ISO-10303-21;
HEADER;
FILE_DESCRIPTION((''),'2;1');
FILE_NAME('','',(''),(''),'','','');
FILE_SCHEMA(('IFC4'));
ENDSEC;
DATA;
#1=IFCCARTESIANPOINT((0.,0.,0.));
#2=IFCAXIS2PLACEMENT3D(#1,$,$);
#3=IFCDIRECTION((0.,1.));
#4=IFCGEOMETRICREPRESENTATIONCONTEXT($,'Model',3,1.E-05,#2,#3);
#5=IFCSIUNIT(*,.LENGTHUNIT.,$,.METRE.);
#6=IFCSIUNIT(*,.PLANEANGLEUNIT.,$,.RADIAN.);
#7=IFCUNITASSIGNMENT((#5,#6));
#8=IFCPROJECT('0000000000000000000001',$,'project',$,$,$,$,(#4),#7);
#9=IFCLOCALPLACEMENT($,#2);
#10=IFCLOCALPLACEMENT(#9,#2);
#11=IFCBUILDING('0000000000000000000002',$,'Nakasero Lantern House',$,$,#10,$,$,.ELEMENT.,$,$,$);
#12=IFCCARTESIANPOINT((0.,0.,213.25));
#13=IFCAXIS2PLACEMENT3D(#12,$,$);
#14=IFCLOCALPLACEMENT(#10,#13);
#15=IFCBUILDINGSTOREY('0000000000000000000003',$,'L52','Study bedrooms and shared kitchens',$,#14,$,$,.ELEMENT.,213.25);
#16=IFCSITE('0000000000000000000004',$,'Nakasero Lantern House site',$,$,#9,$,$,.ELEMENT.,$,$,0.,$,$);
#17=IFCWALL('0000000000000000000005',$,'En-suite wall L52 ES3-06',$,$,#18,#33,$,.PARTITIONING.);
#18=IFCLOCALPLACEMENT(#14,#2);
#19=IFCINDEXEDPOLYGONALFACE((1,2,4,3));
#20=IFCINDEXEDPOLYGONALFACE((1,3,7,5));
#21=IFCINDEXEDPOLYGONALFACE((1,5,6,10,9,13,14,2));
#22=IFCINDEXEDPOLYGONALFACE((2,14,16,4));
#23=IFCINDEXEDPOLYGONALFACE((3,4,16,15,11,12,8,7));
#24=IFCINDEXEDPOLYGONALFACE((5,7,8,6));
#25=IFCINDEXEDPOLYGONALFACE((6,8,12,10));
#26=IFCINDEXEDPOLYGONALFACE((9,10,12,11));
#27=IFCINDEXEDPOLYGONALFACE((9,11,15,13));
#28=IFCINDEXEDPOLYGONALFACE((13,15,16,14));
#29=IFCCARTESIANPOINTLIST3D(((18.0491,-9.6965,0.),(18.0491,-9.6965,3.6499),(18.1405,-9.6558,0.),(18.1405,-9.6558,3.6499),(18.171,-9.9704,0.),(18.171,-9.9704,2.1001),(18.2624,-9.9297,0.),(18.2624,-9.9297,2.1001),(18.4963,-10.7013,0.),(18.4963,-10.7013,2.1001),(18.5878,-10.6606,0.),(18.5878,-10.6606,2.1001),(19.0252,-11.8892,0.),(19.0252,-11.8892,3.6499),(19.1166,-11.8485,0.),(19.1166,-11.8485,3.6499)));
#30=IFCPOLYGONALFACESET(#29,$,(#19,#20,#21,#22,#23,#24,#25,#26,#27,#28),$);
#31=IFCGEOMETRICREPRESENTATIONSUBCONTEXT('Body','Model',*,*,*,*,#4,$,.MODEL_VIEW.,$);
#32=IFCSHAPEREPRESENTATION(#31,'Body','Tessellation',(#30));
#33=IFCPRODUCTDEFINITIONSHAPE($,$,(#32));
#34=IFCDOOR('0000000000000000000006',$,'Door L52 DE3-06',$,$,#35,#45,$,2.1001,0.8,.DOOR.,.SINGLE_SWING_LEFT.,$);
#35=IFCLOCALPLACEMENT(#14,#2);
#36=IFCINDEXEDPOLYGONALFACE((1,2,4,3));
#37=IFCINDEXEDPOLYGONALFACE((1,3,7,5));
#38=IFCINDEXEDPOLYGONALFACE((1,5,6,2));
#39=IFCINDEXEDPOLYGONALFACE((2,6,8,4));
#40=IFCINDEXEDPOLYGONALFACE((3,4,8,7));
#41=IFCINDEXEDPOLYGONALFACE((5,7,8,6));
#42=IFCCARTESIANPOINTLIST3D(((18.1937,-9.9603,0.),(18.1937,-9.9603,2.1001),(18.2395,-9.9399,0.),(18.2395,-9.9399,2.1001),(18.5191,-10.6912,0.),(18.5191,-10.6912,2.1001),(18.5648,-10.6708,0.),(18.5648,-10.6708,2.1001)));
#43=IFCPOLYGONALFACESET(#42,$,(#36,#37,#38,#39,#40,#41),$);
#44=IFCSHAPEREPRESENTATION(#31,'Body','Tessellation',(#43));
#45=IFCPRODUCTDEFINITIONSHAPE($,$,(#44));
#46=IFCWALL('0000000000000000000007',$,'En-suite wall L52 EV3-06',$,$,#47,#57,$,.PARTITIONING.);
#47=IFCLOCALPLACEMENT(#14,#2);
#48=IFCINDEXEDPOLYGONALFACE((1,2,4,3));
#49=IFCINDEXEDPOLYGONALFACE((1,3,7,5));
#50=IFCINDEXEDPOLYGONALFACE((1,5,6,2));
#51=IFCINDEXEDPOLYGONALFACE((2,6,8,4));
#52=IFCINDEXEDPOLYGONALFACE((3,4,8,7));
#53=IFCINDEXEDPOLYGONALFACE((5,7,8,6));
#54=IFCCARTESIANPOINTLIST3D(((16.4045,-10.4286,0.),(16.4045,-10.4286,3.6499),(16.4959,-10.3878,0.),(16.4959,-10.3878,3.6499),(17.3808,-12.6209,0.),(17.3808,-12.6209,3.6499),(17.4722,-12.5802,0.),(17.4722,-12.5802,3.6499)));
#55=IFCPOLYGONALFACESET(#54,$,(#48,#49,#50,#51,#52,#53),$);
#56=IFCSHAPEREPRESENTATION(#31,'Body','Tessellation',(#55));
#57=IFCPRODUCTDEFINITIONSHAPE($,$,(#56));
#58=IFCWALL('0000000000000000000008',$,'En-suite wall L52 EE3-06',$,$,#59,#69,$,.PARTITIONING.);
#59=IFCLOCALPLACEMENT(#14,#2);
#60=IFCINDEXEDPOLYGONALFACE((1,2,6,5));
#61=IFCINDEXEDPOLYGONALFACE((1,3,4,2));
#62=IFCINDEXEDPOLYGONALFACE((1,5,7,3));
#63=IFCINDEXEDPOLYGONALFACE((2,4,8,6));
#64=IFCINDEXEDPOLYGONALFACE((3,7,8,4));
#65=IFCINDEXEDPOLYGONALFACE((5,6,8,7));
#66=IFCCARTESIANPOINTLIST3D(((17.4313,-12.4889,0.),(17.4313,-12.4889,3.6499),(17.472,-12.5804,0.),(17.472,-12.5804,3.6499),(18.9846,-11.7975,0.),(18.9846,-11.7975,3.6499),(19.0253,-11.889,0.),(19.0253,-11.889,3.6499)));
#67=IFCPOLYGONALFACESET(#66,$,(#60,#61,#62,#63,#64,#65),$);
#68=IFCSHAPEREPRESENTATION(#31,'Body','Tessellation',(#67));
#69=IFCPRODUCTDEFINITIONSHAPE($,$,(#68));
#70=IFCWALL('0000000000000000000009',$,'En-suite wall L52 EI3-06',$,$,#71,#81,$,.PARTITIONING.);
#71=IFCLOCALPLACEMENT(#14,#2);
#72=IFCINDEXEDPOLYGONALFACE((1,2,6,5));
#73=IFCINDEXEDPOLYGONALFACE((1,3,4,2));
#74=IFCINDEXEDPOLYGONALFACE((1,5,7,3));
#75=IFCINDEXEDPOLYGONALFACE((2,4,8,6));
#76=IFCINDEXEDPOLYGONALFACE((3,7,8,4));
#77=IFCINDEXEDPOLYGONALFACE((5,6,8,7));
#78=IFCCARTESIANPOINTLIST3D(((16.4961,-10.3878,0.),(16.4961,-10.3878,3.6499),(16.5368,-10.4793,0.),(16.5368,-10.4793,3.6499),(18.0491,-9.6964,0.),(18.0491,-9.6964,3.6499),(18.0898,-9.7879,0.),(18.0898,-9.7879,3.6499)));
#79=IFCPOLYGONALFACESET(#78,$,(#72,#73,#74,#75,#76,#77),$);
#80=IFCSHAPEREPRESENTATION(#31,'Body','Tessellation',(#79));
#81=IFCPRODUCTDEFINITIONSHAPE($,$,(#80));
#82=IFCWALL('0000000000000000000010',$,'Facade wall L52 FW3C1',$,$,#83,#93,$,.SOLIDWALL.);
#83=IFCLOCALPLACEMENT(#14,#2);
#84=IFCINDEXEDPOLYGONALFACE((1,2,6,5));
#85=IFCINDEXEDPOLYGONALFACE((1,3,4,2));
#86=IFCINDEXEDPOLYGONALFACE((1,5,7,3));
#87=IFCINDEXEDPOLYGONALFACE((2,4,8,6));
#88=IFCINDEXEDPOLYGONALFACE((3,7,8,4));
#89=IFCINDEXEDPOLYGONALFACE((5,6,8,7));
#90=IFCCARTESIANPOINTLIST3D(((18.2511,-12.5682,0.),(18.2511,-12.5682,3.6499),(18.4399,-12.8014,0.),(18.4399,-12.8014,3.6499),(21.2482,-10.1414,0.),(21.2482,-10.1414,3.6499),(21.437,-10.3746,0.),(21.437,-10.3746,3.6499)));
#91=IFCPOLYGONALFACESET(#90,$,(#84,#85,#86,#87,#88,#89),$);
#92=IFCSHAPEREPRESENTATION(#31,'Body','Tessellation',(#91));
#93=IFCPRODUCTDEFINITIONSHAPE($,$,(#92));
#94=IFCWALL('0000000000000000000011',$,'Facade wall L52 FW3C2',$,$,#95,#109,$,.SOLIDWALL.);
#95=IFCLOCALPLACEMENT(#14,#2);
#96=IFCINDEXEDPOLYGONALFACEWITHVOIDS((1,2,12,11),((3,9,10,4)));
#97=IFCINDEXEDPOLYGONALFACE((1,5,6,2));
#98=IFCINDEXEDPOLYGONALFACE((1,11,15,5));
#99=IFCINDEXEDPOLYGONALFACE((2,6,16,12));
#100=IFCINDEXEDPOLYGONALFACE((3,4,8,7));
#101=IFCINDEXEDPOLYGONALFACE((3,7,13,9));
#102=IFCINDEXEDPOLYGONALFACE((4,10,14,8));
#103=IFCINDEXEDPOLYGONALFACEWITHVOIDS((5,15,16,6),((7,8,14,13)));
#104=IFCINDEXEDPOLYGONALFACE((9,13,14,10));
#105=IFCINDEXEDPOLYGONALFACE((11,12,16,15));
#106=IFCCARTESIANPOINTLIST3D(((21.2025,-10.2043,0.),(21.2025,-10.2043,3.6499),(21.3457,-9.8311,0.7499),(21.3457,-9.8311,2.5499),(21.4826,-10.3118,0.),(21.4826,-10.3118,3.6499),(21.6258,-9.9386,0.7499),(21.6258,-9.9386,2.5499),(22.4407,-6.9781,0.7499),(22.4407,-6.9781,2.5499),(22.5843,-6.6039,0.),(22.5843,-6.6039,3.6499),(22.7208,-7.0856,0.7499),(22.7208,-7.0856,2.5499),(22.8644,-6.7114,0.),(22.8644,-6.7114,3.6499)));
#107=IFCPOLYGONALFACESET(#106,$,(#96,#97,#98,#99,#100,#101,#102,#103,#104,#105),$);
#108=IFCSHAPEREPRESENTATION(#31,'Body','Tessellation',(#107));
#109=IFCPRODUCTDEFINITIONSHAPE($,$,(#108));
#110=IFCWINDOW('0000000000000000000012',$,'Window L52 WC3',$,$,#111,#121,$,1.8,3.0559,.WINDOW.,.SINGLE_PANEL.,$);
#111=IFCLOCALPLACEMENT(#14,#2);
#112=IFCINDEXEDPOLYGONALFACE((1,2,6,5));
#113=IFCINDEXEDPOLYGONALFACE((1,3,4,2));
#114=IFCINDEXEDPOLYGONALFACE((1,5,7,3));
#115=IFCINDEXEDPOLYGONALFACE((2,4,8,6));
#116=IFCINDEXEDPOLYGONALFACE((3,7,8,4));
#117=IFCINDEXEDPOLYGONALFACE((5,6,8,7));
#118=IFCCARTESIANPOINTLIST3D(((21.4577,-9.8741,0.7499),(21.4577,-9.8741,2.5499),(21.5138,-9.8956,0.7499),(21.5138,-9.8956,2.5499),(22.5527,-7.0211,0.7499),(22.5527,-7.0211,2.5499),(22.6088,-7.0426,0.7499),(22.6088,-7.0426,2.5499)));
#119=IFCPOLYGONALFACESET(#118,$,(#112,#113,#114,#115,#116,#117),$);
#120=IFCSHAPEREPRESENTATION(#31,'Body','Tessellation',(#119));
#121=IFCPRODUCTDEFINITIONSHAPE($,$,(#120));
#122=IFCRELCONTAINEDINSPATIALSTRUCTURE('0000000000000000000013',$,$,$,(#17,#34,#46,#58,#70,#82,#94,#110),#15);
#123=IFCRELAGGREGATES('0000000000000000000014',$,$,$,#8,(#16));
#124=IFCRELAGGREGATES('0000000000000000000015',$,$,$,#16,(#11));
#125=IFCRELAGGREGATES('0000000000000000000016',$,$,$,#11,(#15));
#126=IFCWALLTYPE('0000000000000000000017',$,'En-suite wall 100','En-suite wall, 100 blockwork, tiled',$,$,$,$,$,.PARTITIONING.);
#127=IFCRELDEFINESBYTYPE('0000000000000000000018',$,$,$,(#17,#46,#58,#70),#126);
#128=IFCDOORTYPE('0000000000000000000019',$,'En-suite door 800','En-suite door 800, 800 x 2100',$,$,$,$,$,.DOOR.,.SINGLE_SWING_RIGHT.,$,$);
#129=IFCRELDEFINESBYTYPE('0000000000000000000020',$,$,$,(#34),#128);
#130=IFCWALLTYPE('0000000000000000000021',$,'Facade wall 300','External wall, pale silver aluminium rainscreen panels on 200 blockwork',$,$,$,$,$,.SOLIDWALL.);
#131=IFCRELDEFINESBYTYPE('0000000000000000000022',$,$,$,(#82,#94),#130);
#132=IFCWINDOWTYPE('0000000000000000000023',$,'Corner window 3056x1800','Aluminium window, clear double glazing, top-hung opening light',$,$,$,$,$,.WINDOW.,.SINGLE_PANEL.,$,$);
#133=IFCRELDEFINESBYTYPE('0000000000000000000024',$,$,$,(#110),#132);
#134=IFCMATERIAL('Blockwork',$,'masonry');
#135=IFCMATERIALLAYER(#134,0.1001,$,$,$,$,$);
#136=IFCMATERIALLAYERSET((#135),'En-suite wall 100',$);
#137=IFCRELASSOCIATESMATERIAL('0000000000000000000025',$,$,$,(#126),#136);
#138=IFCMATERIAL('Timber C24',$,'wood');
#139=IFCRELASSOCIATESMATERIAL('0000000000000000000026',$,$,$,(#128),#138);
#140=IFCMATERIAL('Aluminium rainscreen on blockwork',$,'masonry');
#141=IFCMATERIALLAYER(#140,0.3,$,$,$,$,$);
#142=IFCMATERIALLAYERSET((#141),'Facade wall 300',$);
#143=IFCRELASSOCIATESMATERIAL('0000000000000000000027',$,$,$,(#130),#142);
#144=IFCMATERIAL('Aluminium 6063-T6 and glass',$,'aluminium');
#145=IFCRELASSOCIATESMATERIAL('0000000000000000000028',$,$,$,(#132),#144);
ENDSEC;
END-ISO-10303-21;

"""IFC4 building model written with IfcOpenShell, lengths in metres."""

from ifc_helpers import new_model, si_unit, direction, frame, frame_2d, origin, place, context, subcontext, project, spatial, rectangle, extrude, material, layer, layer_set, type_object, element, fill, save


model = new_model("IFC4")

# Units and contexts
model_context = context("Model", 3, precision=1e-05, world=origin(), true_north=direction((0.0, 1.0)))
body_context = subcontext(model_context, "Body", "Model", "MODEL_VIEW")
ifc_project = project(units=[si_unit("LENGTHUNIT", "METRE"), si_unit("PLANEANGLEUNIT", "RADIAN")], contexts=[model_context])

# Site, building, storey
site_placement = place(None, origin())
site = spatial("IfcSite", under=ifc_project, at=site_placement, Name="Nakasero Lantern House site", CompositionType="ELEMENT", RefElevation=0.0)
building_placement = place(site_placement, origin())
building = spatial("IfcBuilding", under=site, at=building_placement, Name="Nakasero Lantern House", CompositionType="ELEMENT")
storey_placement = place(building_placement, frame((0.0, 0.0, 213.25)))
storey = spatial("IfcBuildingStorey", under=building, at=storey_placement, Name="L52", Description="Study bedrooms and shared kitchens", CompositionType="ELEMENT", Elevation=213.25)

# Shared definitions
ifc_material_1 = material(Name="Blockwork", Category="masonry")
ifc_layer_1 = layer(ifc_material_1, 0.1001)
ifc_layer_set_1 = layer_set([ifc_layer_1], Name="En-suite wall 100")
wall_type_1 = type_object("IfcWallType", Name="En-suite wall 100", Description="En-suite wall, 100 blockwork, tiled", PredefinedType="PARTITIONING", material=ifc_layer_set_1)

# Wall, opening, door
wall_1_placement = place(storey_placement, frame((18.0947, -9.676, 0.0), z_axis=(0.0, 0.0, 1.0), x_axis=(0.406686, -0.913568, 0.0)))
wall_1 = element("IfcWall", 1, at=wall_1_placement, inside=storey, type_object=wall_type_1, Name="En-suite wall L52 ES3-06", PredefinedType="PARTITIONING", context=body_context, shape_type="SweptSolid", body=[
    extrude(rectangle(XDim=2.4001, YDim=0.1001, at=frame_2d((1.2002, 0.0))), origin(), (0.0, 0.0, 1.0), 3.6499),
])
opening_1_placement = place(wall_1_placement, frame((0.3, 0.0, 0.0)))
opening_1 = element("IfcOpeningElement", 2, at=opening_1_placement, cuts=wall_1, PredefinedType="OPENING", context=body_context, shape_type="SweptSolid", body=[
    extrude(rectangle(XDim=0.8, YDim=2.1001, at=frame_2d((0.3999, 1.05))), frame((0.0, 0.0701, 0.0), z_axis=(0.0, -1.0, 0.0), x_axis=(1.0, 0.0, 0.0)), (0.0, 0.0, 1.0), 0.1401),
])
ifc_material_2 = material(Name="Timber C24", Category="wood")
door_type = type_object("IfcDoorType", Name="En-suite door 800", Description="En-suite door 800, 800 x 2100", OperationType="SINGLE_SWING_RIGHT", PredefinedType="DOOR", material=ifc_material_2)
door_placement = place(opening_1_placement, origin())
door = element("IfcDoor", 3, at=door_placement, inside=storey, type_object=door_type, Name="Door L52 DE3-06", OperationType="SINGLE_SWING_LEFT", OverallHeight=2.1001, OverallWidth=0.8, PredefinedType="DOOR", context=body_context, shape_type="SweptSolid", body=[
    extrude(rectangle(XDim=0.8, YDim=2.1001, at=frame_2d((0.3999, 1.05))), frame((0.0, 0.0249, 0.0), z_axis=(0.0, -1.0, 0.0), x_axis=(1.0, 0.0, 0.0)), (0.0, 0.0, 1.0), 0.05),
])
fill(opening_1, door)

# Walls
wall_2_placement = place(storey_placement, frame((16.4502, -10.4082, 0.0), z_axis=(0.0, 0.0, 1.0), x_axis=(0.406809, -0.913513, 0.0)))
element("IfcWall", 4, at=wall_2_placement, inside=storey, type_object=wall_type_1, Name="En-suite wall L52 EV3-06", PredefinedType="PARTITIONING", context=body_context, shape_type="SweptSolid", body=[
    extrude(rectangle(XDim=2.3999, YDim=0.1001, at=frame_2d((1.2, 0.0))), origin(), (0.0, 0.0, 1.0), 3.6499),
])
wall_3_placement = place(storey_placement, frame((17.4517, -12.5347, 0.0), z_axis=(0.0, 0.0, 1.0), x_axis=(0.913575, 0.406671, 0.0)))
element("IfcWall", 5, at=wall_3_placement, inside=storey, type_object=wall_type_1, Name="En-suite wall L52 EE3-06", PredefinedType="PARTITIONING", context=body_context, shape_type="SweptSolid", body=[
    extrude(rectangle(XDim=1.7002, YDim=0.1001, at=frame_2d((0.8501, 0.0))), origin(), (0.0, 0.0, 1.0), 3.6499),
])
wall_4_placement = place(storey_placement, frame((16.5164, -10.4336, 0.0), z_axis=(0.0, 0.0, 1.0), x_axis=(0.913551, 0.406725, 0.0)))
element("IfcWall", 6, at=wall_4_placement, inside=storey, type_object=wall_type_1, Name="En-suite wall L52 EI3-06", PredefinedType="PARTITIONING", context=body_context, shape_type="SweptSolid", body=[
    extrude(rectangle(XDim=1.7, YDim=0.1001, at=frame_2d((0.8501, 0.0))), origin(), (0.0, 0.0, 1.0), 3.6499),
])
ifc_material_3 = material(Name="Aluminium rainscreen on blockwork", Category="masonry")
ifc_layer_2 = layer(ifc_material_3, 0.3)
ifc_layer_set_2 = layer_set([ifc_layer_2], Name="Facade wall 300")
wall_type_2 = type_object("IfcWallType", Name="Facade wall 300", Description="External wall, pale silver aluminium rainscreen panels on 200 blockwork", PredefinedType="SOLIDWALL", material=ifc_layer_set_2)
wall_5_placement = place(storey_placement, frame((18.3455, -12.6848, 0.0), z_axis=(0.0, 0.0, 1.0), x_axis=(0.777174, 0.629286, 0.0)))
element("IfcWall", 7, at=wall_5_placement, inside=storey, type_object=wall_type_2, Name="Facade wall L52 FW3C1", PredefinedType="SOLIDWALL", context=body_context, shape_type="SweptSolid", body=[
    extrude(rectangle(XDim=3.8564, YDim=0.3, at=frame_2d((1.9282, 0.0))), origin(), (0.0, 0.0, 1.0), 3.6499),
])

# Wall, opening, window
wall_6_placement = place(storey_placement, frame((21.3425, -10.2581, 0.0), z_axis=(0.0, 0.0, 1.0), x_axis=(0.358321, 0.933598, 0.0)))
wall_6 = element("IfcWall", 8, at=wall_6_placement, inside=storey, type_object=wall_type_2, Name="Facade wall L52 FW3C2", PredefinedType="SOLIDWALL", context=body_context, shape_type="SweptSolid", body=[
    extrude(rectangle(XDim=3.8564, YDim=0.3, at=frame_2d((1.9282, 0.0))), origin(), (0.0, 0.0, 1.0), 3.6499),
])
opening_2_placement = place(wall_6_placement, frame((0.3999, 0.0, 0.75)))
opening_2 = element("IfcOpeningElement", 9, at=opening_2_placement, cuts=wall_6, PredefinedType="OPENING", context=body_context, shape_type="SweptSolid", body=[
    extrude(rectangle(XDim=3.0559, YDim=1.8, at=frame_2d((1.5278, 0.8999))), frame((0.0, 0.1699, 0.0), z_axis=(0.0, -1.0, 0.0), x_axis=(1.0, 0.0, 0.0)), (0.0, 0.0, 1.0), 0.3401),
])
ifc_material_4 = material(Name="Aluminium 6063-T6 and glass", Category="aluminium")
window_type = type_object("IfcWindowType", Name="Corner window 3056x1800", Description="Aluminium window, clear double glazing, top-hung opening light", PartitioningType="SINGLE_PANEL", PredefinedType="WINDOW", material=ifc_material_4)
window_placement = place(opening_2_placement, origin())
window = element("IfcWindow", 10, at=window_placement, inside=storey, type_object=window_type, Name="Window L52 WC3", OverallHeight=1.8, OverallWidth=3.0559, PartitioningType="SINGLE_PANEL", PredefinedType="WINDOW", context=body_context, shape_type="SweptSolid", body=[
    extrude(rectangle(XDim=3.0559, YDim=1.8, at=frame_2d((1.5278, 0.8999))), frame((0.0, 0.03, 0.0), z_axis=(0.0, -1.0, 0.0), x_axis=(1.0, 0.0, 0.0)), (0.0, 0.0, 1.0), 0.0601),
])
fill(opening_2, window)

save(model, "model.ifc")
